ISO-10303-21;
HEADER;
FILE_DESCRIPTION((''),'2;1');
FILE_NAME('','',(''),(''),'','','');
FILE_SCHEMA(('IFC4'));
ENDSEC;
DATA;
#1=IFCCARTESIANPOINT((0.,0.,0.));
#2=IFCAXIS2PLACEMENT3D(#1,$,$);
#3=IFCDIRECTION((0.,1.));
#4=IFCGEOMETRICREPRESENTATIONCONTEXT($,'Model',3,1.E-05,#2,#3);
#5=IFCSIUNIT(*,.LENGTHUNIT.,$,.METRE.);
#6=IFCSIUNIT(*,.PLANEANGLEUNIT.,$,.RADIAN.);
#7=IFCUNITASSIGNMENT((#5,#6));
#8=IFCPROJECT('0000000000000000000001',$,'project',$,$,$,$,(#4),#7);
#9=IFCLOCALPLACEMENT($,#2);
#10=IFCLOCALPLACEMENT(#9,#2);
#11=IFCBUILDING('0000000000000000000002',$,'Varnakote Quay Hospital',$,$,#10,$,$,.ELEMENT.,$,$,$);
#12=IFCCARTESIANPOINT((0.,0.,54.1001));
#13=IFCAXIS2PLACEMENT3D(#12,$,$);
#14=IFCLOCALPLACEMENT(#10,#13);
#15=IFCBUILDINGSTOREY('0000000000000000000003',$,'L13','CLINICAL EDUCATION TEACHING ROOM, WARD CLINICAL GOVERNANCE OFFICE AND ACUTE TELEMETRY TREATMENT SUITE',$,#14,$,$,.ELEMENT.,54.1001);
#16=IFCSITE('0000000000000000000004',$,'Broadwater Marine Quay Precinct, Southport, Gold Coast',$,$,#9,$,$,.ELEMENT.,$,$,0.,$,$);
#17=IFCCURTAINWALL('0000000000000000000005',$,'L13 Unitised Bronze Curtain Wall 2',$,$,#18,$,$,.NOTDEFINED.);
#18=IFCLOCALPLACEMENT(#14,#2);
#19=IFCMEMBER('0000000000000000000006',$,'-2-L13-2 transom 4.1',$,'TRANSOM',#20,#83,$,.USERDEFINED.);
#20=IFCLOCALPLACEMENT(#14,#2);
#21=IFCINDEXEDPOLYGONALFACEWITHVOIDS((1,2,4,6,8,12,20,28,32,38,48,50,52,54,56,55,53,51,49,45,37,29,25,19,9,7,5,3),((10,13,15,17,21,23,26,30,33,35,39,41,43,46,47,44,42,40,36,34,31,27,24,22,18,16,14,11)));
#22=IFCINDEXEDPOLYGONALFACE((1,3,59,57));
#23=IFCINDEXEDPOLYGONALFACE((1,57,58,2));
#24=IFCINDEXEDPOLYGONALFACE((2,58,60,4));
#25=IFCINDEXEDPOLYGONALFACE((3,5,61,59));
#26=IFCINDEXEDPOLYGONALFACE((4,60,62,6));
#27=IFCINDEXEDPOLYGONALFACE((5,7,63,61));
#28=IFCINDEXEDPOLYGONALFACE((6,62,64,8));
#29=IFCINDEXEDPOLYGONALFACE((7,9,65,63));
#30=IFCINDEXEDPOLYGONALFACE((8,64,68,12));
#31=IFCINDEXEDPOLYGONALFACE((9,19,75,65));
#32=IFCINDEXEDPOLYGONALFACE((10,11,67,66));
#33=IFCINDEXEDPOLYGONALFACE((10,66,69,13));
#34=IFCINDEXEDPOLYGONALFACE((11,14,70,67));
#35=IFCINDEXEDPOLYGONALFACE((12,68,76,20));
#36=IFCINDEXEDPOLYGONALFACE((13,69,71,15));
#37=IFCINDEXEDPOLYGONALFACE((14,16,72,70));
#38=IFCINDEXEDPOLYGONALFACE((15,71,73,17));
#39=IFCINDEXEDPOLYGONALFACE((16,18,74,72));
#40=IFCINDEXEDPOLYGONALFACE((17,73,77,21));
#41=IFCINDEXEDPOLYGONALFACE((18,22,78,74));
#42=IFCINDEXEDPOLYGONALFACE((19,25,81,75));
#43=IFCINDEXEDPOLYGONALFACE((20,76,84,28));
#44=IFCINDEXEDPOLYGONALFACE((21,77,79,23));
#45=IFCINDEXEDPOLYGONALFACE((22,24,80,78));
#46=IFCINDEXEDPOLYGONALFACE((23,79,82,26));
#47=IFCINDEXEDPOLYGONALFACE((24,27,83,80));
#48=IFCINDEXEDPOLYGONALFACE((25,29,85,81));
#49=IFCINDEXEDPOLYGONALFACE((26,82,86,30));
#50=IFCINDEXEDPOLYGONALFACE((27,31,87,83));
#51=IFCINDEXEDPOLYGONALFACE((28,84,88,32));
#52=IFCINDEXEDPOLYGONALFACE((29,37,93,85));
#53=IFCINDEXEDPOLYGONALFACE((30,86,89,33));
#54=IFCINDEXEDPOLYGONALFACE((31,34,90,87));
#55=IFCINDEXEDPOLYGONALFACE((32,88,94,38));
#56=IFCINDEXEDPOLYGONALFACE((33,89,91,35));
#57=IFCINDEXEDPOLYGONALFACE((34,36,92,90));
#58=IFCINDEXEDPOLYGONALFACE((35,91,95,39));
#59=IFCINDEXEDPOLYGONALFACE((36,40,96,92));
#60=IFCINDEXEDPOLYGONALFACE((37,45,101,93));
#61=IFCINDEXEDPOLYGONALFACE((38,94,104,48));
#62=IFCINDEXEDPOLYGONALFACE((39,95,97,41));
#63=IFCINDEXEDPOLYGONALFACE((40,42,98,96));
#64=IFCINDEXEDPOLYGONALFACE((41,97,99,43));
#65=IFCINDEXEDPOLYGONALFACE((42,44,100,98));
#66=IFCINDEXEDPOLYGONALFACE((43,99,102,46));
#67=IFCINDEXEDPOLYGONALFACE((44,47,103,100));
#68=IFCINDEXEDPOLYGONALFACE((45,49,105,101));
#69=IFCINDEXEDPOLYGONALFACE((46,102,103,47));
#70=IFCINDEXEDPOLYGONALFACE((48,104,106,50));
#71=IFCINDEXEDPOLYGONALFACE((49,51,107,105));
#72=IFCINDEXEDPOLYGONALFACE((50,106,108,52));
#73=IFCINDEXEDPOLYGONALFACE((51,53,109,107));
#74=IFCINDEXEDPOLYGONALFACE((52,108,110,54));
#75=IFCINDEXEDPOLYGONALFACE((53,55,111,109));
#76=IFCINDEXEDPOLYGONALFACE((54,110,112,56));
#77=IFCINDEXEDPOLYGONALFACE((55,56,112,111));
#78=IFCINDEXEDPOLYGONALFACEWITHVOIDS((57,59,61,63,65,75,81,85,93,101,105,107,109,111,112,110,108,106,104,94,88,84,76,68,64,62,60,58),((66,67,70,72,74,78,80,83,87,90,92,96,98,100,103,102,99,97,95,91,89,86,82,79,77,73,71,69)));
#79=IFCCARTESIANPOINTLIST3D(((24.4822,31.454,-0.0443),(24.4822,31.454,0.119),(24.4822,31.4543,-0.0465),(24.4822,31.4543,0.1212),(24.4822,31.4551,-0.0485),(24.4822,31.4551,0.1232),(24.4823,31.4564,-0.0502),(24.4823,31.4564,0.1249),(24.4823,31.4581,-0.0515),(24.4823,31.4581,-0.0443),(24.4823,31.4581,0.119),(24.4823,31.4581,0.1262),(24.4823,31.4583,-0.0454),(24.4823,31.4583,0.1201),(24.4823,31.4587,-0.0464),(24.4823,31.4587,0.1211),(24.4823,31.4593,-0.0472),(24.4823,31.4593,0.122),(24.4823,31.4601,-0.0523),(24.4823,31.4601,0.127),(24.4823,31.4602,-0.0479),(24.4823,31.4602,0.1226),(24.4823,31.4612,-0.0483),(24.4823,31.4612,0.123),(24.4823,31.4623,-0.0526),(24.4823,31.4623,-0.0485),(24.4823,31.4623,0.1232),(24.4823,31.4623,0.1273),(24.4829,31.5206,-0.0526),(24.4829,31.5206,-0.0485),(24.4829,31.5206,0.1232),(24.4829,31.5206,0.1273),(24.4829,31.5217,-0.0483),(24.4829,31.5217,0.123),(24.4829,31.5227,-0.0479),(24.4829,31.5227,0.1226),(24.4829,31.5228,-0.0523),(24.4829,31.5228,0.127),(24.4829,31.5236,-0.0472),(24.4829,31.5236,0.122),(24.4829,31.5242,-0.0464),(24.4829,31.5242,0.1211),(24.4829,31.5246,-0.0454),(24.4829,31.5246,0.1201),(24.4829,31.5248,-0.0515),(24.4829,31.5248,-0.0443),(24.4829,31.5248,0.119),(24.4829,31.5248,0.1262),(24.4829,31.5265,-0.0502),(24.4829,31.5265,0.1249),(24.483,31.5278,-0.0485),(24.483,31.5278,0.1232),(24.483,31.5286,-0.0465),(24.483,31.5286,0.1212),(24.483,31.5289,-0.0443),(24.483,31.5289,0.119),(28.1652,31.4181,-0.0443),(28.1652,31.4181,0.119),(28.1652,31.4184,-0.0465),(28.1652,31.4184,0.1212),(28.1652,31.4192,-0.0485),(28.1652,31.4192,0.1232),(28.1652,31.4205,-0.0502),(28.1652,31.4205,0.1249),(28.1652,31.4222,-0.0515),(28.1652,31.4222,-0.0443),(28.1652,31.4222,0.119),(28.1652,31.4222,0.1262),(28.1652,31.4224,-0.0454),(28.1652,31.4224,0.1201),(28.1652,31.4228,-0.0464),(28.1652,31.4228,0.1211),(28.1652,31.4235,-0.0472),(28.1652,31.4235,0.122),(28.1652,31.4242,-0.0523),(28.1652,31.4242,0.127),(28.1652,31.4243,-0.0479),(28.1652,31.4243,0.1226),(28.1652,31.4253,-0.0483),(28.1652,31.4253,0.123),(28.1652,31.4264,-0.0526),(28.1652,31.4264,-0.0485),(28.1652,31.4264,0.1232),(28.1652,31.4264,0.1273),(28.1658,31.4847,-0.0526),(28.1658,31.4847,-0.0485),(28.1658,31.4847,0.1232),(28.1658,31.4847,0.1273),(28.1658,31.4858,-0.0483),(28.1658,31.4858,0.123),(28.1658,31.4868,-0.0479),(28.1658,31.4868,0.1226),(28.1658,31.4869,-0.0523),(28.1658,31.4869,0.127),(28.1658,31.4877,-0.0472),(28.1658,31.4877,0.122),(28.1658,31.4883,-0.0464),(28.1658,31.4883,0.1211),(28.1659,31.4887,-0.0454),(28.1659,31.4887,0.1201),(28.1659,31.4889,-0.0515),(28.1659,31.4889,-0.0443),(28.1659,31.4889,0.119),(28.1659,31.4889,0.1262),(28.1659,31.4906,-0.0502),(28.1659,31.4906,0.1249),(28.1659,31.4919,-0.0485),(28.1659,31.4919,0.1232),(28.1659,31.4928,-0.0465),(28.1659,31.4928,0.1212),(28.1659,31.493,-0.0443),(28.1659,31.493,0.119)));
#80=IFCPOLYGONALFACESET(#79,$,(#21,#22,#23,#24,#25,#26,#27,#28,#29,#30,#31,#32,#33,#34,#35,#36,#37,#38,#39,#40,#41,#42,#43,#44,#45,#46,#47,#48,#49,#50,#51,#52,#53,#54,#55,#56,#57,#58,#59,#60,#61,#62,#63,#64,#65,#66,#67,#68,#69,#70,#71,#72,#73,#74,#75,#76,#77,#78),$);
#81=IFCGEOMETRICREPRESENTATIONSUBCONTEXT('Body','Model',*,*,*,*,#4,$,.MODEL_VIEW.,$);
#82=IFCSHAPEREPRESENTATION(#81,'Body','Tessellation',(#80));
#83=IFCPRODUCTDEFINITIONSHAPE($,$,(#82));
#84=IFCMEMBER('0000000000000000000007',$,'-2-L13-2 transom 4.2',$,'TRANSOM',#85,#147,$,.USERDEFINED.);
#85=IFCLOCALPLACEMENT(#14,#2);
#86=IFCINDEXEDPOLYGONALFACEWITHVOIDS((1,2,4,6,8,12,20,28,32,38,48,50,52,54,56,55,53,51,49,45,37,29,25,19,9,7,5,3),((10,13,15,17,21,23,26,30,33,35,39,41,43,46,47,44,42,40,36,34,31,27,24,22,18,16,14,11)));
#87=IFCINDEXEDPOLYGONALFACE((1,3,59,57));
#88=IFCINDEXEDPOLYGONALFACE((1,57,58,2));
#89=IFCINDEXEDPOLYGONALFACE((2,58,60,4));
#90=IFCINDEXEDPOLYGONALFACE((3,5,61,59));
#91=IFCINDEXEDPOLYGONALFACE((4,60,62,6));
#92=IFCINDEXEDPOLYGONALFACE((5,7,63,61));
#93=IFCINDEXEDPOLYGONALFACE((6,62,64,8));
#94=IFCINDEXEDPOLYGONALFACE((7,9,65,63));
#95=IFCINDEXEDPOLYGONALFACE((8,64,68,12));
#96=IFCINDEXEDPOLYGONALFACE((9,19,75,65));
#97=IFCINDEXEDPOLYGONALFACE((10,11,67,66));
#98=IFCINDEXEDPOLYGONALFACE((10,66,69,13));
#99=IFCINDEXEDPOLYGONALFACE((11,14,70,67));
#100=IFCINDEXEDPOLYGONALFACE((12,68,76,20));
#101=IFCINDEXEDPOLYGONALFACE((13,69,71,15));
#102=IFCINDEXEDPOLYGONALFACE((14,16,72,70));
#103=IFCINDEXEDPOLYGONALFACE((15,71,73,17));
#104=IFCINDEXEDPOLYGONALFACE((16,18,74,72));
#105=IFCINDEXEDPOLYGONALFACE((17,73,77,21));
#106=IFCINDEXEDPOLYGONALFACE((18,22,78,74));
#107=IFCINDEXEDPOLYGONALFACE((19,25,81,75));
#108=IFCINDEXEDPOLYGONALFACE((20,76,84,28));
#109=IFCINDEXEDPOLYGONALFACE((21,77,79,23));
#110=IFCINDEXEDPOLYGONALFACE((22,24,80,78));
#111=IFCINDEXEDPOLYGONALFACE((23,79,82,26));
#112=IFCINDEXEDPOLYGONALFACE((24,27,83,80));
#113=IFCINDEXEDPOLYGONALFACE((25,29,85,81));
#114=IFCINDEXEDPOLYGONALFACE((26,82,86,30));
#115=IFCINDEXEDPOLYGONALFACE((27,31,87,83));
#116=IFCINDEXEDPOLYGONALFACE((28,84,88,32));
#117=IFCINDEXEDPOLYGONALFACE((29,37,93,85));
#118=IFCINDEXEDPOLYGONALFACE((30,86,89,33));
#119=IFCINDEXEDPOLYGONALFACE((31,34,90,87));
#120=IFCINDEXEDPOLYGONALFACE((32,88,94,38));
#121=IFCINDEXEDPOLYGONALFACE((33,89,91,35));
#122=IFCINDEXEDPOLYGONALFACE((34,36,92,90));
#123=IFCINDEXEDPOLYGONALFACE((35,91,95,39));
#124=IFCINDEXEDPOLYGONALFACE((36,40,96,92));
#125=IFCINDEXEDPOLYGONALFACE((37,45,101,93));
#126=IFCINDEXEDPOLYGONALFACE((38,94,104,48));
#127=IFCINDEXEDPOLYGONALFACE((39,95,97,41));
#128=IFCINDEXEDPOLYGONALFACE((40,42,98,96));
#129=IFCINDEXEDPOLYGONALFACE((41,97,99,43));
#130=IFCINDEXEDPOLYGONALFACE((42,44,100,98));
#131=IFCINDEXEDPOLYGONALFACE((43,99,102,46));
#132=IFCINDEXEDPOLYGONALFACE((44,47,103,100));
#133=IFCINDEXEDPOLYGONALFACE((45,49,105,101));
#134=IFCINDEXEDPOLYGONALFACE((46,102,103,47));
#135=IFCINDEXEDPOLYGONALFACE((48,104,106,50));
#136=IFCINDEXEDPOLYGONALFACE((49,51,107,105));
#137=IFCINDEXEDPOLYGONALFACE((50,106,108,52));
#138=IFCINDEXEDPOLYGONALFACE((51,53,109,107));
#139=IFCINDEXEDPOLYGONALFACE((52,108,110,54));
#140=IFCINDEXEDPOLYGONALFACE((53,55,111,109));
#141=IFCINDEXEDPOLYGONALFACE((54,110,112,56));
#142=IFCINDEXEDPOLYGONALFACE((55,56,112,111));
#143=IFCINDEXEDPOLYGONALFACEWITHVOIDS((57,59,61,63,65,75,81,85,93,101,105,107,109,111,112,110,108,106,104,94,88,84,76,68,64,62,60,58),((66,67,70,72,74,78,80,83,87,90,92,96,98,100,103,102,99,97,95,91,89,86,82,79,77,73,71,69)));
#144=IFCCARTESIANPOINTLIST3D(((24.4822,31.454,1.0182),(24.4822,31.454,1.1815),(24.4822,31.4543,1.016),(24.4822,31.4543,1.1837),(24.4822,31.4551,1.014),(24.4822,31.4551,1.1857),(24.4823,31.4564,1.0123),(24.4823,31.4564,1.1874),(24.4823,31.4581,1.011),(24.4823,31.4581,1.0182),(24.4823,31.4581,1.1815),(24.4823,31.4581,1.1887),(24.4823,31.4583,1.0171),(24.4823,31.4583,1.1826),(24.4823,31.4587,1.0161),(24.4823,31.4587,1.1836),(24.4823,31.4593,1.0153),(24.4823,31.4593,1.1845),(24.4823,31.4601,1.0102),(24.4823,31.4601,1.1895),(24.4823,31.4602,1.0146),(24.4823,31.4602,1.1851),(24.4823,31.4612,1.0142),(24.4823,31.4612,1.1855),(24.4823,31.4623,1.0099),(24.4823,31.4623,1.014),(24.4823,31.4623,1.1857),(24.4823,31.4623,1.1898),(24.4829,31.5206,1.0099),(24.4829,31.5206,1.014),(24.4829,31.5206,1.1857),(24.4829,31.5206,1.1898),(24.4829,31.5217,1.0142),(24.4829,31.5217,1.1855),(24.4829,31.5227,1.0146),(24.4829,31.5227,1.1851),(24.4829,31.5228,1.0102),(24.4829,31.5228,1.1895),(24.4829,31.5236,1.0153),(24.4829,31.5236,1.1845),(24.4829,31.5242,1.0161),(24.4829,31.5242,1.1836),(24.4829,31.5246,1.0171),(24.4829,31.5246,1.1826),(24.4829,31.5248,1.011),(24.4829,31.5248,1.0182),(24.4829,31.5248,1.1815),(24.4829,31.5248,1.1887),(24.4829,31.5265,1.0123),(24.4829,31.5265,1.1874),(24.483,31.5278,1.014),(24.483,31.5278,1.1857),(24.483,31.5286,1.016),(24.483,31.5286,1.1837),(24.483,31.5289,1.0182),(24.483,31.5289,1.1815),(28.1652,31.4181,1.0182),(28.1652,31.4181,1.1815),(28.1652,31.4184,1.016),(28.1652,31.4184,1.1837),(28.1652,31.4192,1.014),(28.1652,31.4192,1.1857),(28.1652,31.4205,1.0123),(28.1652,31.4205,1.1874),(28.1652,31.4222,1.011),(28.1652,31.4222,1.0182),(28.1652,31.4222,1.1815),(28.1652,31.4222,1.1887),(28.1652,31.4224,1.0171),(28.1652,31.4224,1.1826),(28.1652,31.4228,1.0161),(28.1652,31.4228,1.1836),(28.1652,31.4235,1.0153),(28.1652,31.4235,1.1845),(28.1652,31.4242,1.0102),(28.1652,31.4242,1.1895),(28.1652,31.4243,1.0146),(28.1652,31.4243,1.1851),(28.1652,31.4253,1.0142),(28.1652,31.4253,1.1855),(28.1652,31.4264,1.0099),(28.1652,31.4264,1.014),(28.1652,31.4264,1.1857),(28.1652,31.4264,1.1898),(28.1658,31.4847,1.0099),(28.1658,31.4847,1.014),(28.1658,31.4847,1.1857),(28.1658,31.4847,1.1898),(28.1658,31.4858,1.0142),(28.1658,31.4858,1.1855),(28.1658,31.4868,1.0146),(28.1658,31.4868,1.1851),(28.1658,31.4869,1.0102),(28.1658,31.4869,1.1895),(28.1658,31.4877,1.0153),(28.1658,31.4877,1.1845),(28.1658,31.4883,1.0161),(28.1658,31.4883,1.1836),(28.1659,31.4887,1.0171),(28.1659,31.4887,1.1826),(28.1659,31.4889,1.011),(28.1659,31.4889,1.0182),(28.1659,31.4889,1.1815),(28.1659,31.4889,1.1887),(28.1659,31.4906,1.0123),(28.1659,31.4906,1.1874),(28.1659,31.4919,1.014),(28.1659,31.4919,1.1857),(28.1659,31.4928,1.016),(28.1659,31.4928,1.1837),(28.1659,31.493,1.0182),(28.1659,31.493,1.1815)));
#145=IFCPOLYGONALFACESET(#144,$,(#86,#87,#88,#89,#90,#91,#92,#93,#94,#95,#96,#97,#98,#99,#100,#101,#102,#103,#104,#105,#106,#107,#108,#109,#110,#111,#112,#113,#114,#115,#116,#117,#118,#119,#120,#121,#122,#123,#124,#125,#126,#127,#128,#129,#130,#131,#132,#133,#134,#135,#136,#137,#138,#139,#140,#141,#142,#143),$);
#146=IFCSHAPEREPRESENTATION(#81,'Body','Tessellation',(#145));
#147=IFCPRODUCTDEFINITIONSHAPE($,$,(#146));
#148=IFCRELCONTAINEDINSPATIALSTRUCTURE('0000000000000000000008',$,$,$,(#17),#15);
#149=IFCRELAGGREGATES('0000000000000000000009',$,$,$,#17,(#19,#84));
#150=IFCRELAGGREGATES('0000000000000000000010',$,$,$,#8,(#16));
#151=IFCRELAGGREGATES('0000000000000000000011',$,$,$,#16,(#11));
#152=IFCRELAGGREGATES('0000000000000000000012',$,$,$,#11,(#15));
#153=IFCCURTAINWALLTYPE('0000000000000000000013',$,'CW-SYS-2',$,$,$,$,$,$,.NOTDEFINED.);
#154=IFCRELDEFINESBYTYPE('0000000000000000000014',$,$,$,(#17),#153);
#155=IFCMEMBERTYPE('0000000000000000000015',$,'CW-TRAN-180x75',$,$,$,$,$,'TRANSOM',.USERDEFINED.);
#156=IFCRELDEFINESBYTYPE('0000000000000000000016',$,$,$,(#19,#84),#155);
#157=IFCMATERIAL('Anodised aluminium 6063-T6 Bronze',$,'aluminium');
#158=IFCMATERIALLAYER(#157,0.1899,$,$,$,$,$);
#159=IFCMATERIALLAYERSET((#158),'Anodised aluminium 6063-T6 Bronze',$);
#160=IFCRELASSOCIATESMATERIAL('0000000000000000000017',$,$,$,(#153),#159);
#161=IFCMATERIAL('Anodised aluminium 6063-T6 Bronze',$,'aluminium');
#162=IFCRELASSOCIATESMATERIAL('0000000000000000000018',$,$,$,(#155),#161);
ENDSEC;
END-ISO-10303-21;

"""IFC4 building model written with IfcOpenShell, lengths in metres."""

from ifc_helpers import new_model, si_unit, direction, frame, origin, origin_2d, place, context, subcontext, project, spatial, hollow_rectangle, extrude, material, layer, layer_set, material_profile, profile_set, type_object, element, aggregate, save


model = new_model("IFC4")

# Units and contexts
model_context = context("Model", 3, precision=1e-05, world=origin(), true_north=direction((0.0, 1.0)))
body_context = subcontext(model_context, "Body", "Model", "MODEL_VIEW")
ifc_project = project(units=[si_unit("LENGTHUNIT", "METRE"), si_unit("PLANEANGLEUNIT", "RADIAN")], contexts=[model_context])

# Site, building, storey
site_placement = place(None, origin())
site = spatial("IfcSite", under=ifc_project, at=site_placement, Name="Broadwater Marine Quay Precinct, Southport, Gold Coast", CompositionType="ELEMENT", RefElevation=0.0)
building_placement = place(site_placement, origin())
building = spatial("IfcBuilding", under=site, at=building_placement, Name="Varnakote Quay Hospital", CompositionType="ELEMENT")
storey_placement = place(building_placement, frame((0.0, 0.0, 54.1001)))
storey = spatial("IfcBuildingStorey", under=building, at=storey_placement, Name="L13", Description="CLINICAL EDUCATION TEACHING ROOM, WARD CLINICAL GOVERNANCE OFFICE AND ACUTE TELEMETRY TREATMENT SUITE", CompositionType="ELEMENT", Elevation=54.1001)

# Curtain wall, members
ifc_material_1 = material(Name="Anodised aluminium 6063-T6 Bronze", Category="aluminium")
ifc_layer_1 = layer(ifc_material_1, 0.1899)
ifc_layer_set_1 = layer_set([ifc_layer_1], Name="Anodised aluminium 6063-T6 Bronze")
curtain_wall_type = type_object("IfcCurtainWallType", Name="CW-SYS-2", PredefinedType="NOTDEFINED", material=ifc_layer_set_1)
curtain_wall_placement = place(storey_placement, origin())
curtain_wall = element("IfcCurtainWall", 1, at=curtain_wall_placement, inside=storey, type_object=curtain_wall_type, Name="L13 Unitised Bronze Curtain Wall 2", PredefinedType="NOTDEFINED")
ifc_material_2 = material(Name="Anodised aluminium 6063-T6 Bronze", Category="aluminium")
ifc_material_profile_1 = material_profile(ifc_material_2, hollow_rectangle(XDim=0.075, YDim=0.1799, WallThickness=0.0042, InnerFilletRadius=0.0042, OuterFilletRadius=0.0083, at=origin_2d()), Name="CW-TRAN-180x75")
ifc_profile_set_1 = profile_set([ifc_material_profile_1], Name="Anodised aluminium 6063-T6 Bronze")
member_type_1 = type_object("IfcMemberType", Name="CW-TRAN-180x75", ElementType="TRANSOM", PredefinedType="USERDEFINED", material=ifc_profile_set_1)
member_1_placement = place(storey_placement, frame((28.1655, 31.4556, 0.0374), z_axis=(-0.999953, 0.009744, 0.0), x_axis=(-0.009744, -0.999953, 0.0)))
member_1 = element("IfcMember", 2, at=member_1_placement, type_object=member_type_1, Name="-2-L13-2 transom 4.1", ObjectType="TRANSOM", PredefinedType="USERDEFINED", context=body_context, shape_type="SweptSolid", body=[
    extrude(hollow_rectangle(XDim=0.075, YDim=0.1799, WallThickness=0.0042, InnerFilletRadius=0.0042, OuterFilletRadius=0.0083, at=origin_2d()), origin(), (0.0, 0.0, 1.0), 3.6831),
])
member_2_placement = place(storey_placement, frame((28.1655, 31.4556, 1.0999), z_axis=(-0.999953, 0.009744, 0.0), x_axis=(-0.009744, -0.999953, 0.0)))
member_2 = element("IfcMember", 3, at=member_2_placement, type_object=member_type_1, Name="-2-L13-2 transom 4.2", ObjectType="TRANSOM", PredefinedType="USERDEFINED", context=body_context, shape_type="SweptSolid", body=[
    extrude(hollow_rectangle(XDim=0.075, YDim=0.1799, WallThickness=0.0042, InnerFilletRadius=0.0042, OuterFilletRadius=0.0083, at=origin_2d()), origin(), (0.0, 0.0, 1.0), 3.6831),
])

aggregate(curtain_wall, [member_1, member_2])

save(model, "model.ifc")
